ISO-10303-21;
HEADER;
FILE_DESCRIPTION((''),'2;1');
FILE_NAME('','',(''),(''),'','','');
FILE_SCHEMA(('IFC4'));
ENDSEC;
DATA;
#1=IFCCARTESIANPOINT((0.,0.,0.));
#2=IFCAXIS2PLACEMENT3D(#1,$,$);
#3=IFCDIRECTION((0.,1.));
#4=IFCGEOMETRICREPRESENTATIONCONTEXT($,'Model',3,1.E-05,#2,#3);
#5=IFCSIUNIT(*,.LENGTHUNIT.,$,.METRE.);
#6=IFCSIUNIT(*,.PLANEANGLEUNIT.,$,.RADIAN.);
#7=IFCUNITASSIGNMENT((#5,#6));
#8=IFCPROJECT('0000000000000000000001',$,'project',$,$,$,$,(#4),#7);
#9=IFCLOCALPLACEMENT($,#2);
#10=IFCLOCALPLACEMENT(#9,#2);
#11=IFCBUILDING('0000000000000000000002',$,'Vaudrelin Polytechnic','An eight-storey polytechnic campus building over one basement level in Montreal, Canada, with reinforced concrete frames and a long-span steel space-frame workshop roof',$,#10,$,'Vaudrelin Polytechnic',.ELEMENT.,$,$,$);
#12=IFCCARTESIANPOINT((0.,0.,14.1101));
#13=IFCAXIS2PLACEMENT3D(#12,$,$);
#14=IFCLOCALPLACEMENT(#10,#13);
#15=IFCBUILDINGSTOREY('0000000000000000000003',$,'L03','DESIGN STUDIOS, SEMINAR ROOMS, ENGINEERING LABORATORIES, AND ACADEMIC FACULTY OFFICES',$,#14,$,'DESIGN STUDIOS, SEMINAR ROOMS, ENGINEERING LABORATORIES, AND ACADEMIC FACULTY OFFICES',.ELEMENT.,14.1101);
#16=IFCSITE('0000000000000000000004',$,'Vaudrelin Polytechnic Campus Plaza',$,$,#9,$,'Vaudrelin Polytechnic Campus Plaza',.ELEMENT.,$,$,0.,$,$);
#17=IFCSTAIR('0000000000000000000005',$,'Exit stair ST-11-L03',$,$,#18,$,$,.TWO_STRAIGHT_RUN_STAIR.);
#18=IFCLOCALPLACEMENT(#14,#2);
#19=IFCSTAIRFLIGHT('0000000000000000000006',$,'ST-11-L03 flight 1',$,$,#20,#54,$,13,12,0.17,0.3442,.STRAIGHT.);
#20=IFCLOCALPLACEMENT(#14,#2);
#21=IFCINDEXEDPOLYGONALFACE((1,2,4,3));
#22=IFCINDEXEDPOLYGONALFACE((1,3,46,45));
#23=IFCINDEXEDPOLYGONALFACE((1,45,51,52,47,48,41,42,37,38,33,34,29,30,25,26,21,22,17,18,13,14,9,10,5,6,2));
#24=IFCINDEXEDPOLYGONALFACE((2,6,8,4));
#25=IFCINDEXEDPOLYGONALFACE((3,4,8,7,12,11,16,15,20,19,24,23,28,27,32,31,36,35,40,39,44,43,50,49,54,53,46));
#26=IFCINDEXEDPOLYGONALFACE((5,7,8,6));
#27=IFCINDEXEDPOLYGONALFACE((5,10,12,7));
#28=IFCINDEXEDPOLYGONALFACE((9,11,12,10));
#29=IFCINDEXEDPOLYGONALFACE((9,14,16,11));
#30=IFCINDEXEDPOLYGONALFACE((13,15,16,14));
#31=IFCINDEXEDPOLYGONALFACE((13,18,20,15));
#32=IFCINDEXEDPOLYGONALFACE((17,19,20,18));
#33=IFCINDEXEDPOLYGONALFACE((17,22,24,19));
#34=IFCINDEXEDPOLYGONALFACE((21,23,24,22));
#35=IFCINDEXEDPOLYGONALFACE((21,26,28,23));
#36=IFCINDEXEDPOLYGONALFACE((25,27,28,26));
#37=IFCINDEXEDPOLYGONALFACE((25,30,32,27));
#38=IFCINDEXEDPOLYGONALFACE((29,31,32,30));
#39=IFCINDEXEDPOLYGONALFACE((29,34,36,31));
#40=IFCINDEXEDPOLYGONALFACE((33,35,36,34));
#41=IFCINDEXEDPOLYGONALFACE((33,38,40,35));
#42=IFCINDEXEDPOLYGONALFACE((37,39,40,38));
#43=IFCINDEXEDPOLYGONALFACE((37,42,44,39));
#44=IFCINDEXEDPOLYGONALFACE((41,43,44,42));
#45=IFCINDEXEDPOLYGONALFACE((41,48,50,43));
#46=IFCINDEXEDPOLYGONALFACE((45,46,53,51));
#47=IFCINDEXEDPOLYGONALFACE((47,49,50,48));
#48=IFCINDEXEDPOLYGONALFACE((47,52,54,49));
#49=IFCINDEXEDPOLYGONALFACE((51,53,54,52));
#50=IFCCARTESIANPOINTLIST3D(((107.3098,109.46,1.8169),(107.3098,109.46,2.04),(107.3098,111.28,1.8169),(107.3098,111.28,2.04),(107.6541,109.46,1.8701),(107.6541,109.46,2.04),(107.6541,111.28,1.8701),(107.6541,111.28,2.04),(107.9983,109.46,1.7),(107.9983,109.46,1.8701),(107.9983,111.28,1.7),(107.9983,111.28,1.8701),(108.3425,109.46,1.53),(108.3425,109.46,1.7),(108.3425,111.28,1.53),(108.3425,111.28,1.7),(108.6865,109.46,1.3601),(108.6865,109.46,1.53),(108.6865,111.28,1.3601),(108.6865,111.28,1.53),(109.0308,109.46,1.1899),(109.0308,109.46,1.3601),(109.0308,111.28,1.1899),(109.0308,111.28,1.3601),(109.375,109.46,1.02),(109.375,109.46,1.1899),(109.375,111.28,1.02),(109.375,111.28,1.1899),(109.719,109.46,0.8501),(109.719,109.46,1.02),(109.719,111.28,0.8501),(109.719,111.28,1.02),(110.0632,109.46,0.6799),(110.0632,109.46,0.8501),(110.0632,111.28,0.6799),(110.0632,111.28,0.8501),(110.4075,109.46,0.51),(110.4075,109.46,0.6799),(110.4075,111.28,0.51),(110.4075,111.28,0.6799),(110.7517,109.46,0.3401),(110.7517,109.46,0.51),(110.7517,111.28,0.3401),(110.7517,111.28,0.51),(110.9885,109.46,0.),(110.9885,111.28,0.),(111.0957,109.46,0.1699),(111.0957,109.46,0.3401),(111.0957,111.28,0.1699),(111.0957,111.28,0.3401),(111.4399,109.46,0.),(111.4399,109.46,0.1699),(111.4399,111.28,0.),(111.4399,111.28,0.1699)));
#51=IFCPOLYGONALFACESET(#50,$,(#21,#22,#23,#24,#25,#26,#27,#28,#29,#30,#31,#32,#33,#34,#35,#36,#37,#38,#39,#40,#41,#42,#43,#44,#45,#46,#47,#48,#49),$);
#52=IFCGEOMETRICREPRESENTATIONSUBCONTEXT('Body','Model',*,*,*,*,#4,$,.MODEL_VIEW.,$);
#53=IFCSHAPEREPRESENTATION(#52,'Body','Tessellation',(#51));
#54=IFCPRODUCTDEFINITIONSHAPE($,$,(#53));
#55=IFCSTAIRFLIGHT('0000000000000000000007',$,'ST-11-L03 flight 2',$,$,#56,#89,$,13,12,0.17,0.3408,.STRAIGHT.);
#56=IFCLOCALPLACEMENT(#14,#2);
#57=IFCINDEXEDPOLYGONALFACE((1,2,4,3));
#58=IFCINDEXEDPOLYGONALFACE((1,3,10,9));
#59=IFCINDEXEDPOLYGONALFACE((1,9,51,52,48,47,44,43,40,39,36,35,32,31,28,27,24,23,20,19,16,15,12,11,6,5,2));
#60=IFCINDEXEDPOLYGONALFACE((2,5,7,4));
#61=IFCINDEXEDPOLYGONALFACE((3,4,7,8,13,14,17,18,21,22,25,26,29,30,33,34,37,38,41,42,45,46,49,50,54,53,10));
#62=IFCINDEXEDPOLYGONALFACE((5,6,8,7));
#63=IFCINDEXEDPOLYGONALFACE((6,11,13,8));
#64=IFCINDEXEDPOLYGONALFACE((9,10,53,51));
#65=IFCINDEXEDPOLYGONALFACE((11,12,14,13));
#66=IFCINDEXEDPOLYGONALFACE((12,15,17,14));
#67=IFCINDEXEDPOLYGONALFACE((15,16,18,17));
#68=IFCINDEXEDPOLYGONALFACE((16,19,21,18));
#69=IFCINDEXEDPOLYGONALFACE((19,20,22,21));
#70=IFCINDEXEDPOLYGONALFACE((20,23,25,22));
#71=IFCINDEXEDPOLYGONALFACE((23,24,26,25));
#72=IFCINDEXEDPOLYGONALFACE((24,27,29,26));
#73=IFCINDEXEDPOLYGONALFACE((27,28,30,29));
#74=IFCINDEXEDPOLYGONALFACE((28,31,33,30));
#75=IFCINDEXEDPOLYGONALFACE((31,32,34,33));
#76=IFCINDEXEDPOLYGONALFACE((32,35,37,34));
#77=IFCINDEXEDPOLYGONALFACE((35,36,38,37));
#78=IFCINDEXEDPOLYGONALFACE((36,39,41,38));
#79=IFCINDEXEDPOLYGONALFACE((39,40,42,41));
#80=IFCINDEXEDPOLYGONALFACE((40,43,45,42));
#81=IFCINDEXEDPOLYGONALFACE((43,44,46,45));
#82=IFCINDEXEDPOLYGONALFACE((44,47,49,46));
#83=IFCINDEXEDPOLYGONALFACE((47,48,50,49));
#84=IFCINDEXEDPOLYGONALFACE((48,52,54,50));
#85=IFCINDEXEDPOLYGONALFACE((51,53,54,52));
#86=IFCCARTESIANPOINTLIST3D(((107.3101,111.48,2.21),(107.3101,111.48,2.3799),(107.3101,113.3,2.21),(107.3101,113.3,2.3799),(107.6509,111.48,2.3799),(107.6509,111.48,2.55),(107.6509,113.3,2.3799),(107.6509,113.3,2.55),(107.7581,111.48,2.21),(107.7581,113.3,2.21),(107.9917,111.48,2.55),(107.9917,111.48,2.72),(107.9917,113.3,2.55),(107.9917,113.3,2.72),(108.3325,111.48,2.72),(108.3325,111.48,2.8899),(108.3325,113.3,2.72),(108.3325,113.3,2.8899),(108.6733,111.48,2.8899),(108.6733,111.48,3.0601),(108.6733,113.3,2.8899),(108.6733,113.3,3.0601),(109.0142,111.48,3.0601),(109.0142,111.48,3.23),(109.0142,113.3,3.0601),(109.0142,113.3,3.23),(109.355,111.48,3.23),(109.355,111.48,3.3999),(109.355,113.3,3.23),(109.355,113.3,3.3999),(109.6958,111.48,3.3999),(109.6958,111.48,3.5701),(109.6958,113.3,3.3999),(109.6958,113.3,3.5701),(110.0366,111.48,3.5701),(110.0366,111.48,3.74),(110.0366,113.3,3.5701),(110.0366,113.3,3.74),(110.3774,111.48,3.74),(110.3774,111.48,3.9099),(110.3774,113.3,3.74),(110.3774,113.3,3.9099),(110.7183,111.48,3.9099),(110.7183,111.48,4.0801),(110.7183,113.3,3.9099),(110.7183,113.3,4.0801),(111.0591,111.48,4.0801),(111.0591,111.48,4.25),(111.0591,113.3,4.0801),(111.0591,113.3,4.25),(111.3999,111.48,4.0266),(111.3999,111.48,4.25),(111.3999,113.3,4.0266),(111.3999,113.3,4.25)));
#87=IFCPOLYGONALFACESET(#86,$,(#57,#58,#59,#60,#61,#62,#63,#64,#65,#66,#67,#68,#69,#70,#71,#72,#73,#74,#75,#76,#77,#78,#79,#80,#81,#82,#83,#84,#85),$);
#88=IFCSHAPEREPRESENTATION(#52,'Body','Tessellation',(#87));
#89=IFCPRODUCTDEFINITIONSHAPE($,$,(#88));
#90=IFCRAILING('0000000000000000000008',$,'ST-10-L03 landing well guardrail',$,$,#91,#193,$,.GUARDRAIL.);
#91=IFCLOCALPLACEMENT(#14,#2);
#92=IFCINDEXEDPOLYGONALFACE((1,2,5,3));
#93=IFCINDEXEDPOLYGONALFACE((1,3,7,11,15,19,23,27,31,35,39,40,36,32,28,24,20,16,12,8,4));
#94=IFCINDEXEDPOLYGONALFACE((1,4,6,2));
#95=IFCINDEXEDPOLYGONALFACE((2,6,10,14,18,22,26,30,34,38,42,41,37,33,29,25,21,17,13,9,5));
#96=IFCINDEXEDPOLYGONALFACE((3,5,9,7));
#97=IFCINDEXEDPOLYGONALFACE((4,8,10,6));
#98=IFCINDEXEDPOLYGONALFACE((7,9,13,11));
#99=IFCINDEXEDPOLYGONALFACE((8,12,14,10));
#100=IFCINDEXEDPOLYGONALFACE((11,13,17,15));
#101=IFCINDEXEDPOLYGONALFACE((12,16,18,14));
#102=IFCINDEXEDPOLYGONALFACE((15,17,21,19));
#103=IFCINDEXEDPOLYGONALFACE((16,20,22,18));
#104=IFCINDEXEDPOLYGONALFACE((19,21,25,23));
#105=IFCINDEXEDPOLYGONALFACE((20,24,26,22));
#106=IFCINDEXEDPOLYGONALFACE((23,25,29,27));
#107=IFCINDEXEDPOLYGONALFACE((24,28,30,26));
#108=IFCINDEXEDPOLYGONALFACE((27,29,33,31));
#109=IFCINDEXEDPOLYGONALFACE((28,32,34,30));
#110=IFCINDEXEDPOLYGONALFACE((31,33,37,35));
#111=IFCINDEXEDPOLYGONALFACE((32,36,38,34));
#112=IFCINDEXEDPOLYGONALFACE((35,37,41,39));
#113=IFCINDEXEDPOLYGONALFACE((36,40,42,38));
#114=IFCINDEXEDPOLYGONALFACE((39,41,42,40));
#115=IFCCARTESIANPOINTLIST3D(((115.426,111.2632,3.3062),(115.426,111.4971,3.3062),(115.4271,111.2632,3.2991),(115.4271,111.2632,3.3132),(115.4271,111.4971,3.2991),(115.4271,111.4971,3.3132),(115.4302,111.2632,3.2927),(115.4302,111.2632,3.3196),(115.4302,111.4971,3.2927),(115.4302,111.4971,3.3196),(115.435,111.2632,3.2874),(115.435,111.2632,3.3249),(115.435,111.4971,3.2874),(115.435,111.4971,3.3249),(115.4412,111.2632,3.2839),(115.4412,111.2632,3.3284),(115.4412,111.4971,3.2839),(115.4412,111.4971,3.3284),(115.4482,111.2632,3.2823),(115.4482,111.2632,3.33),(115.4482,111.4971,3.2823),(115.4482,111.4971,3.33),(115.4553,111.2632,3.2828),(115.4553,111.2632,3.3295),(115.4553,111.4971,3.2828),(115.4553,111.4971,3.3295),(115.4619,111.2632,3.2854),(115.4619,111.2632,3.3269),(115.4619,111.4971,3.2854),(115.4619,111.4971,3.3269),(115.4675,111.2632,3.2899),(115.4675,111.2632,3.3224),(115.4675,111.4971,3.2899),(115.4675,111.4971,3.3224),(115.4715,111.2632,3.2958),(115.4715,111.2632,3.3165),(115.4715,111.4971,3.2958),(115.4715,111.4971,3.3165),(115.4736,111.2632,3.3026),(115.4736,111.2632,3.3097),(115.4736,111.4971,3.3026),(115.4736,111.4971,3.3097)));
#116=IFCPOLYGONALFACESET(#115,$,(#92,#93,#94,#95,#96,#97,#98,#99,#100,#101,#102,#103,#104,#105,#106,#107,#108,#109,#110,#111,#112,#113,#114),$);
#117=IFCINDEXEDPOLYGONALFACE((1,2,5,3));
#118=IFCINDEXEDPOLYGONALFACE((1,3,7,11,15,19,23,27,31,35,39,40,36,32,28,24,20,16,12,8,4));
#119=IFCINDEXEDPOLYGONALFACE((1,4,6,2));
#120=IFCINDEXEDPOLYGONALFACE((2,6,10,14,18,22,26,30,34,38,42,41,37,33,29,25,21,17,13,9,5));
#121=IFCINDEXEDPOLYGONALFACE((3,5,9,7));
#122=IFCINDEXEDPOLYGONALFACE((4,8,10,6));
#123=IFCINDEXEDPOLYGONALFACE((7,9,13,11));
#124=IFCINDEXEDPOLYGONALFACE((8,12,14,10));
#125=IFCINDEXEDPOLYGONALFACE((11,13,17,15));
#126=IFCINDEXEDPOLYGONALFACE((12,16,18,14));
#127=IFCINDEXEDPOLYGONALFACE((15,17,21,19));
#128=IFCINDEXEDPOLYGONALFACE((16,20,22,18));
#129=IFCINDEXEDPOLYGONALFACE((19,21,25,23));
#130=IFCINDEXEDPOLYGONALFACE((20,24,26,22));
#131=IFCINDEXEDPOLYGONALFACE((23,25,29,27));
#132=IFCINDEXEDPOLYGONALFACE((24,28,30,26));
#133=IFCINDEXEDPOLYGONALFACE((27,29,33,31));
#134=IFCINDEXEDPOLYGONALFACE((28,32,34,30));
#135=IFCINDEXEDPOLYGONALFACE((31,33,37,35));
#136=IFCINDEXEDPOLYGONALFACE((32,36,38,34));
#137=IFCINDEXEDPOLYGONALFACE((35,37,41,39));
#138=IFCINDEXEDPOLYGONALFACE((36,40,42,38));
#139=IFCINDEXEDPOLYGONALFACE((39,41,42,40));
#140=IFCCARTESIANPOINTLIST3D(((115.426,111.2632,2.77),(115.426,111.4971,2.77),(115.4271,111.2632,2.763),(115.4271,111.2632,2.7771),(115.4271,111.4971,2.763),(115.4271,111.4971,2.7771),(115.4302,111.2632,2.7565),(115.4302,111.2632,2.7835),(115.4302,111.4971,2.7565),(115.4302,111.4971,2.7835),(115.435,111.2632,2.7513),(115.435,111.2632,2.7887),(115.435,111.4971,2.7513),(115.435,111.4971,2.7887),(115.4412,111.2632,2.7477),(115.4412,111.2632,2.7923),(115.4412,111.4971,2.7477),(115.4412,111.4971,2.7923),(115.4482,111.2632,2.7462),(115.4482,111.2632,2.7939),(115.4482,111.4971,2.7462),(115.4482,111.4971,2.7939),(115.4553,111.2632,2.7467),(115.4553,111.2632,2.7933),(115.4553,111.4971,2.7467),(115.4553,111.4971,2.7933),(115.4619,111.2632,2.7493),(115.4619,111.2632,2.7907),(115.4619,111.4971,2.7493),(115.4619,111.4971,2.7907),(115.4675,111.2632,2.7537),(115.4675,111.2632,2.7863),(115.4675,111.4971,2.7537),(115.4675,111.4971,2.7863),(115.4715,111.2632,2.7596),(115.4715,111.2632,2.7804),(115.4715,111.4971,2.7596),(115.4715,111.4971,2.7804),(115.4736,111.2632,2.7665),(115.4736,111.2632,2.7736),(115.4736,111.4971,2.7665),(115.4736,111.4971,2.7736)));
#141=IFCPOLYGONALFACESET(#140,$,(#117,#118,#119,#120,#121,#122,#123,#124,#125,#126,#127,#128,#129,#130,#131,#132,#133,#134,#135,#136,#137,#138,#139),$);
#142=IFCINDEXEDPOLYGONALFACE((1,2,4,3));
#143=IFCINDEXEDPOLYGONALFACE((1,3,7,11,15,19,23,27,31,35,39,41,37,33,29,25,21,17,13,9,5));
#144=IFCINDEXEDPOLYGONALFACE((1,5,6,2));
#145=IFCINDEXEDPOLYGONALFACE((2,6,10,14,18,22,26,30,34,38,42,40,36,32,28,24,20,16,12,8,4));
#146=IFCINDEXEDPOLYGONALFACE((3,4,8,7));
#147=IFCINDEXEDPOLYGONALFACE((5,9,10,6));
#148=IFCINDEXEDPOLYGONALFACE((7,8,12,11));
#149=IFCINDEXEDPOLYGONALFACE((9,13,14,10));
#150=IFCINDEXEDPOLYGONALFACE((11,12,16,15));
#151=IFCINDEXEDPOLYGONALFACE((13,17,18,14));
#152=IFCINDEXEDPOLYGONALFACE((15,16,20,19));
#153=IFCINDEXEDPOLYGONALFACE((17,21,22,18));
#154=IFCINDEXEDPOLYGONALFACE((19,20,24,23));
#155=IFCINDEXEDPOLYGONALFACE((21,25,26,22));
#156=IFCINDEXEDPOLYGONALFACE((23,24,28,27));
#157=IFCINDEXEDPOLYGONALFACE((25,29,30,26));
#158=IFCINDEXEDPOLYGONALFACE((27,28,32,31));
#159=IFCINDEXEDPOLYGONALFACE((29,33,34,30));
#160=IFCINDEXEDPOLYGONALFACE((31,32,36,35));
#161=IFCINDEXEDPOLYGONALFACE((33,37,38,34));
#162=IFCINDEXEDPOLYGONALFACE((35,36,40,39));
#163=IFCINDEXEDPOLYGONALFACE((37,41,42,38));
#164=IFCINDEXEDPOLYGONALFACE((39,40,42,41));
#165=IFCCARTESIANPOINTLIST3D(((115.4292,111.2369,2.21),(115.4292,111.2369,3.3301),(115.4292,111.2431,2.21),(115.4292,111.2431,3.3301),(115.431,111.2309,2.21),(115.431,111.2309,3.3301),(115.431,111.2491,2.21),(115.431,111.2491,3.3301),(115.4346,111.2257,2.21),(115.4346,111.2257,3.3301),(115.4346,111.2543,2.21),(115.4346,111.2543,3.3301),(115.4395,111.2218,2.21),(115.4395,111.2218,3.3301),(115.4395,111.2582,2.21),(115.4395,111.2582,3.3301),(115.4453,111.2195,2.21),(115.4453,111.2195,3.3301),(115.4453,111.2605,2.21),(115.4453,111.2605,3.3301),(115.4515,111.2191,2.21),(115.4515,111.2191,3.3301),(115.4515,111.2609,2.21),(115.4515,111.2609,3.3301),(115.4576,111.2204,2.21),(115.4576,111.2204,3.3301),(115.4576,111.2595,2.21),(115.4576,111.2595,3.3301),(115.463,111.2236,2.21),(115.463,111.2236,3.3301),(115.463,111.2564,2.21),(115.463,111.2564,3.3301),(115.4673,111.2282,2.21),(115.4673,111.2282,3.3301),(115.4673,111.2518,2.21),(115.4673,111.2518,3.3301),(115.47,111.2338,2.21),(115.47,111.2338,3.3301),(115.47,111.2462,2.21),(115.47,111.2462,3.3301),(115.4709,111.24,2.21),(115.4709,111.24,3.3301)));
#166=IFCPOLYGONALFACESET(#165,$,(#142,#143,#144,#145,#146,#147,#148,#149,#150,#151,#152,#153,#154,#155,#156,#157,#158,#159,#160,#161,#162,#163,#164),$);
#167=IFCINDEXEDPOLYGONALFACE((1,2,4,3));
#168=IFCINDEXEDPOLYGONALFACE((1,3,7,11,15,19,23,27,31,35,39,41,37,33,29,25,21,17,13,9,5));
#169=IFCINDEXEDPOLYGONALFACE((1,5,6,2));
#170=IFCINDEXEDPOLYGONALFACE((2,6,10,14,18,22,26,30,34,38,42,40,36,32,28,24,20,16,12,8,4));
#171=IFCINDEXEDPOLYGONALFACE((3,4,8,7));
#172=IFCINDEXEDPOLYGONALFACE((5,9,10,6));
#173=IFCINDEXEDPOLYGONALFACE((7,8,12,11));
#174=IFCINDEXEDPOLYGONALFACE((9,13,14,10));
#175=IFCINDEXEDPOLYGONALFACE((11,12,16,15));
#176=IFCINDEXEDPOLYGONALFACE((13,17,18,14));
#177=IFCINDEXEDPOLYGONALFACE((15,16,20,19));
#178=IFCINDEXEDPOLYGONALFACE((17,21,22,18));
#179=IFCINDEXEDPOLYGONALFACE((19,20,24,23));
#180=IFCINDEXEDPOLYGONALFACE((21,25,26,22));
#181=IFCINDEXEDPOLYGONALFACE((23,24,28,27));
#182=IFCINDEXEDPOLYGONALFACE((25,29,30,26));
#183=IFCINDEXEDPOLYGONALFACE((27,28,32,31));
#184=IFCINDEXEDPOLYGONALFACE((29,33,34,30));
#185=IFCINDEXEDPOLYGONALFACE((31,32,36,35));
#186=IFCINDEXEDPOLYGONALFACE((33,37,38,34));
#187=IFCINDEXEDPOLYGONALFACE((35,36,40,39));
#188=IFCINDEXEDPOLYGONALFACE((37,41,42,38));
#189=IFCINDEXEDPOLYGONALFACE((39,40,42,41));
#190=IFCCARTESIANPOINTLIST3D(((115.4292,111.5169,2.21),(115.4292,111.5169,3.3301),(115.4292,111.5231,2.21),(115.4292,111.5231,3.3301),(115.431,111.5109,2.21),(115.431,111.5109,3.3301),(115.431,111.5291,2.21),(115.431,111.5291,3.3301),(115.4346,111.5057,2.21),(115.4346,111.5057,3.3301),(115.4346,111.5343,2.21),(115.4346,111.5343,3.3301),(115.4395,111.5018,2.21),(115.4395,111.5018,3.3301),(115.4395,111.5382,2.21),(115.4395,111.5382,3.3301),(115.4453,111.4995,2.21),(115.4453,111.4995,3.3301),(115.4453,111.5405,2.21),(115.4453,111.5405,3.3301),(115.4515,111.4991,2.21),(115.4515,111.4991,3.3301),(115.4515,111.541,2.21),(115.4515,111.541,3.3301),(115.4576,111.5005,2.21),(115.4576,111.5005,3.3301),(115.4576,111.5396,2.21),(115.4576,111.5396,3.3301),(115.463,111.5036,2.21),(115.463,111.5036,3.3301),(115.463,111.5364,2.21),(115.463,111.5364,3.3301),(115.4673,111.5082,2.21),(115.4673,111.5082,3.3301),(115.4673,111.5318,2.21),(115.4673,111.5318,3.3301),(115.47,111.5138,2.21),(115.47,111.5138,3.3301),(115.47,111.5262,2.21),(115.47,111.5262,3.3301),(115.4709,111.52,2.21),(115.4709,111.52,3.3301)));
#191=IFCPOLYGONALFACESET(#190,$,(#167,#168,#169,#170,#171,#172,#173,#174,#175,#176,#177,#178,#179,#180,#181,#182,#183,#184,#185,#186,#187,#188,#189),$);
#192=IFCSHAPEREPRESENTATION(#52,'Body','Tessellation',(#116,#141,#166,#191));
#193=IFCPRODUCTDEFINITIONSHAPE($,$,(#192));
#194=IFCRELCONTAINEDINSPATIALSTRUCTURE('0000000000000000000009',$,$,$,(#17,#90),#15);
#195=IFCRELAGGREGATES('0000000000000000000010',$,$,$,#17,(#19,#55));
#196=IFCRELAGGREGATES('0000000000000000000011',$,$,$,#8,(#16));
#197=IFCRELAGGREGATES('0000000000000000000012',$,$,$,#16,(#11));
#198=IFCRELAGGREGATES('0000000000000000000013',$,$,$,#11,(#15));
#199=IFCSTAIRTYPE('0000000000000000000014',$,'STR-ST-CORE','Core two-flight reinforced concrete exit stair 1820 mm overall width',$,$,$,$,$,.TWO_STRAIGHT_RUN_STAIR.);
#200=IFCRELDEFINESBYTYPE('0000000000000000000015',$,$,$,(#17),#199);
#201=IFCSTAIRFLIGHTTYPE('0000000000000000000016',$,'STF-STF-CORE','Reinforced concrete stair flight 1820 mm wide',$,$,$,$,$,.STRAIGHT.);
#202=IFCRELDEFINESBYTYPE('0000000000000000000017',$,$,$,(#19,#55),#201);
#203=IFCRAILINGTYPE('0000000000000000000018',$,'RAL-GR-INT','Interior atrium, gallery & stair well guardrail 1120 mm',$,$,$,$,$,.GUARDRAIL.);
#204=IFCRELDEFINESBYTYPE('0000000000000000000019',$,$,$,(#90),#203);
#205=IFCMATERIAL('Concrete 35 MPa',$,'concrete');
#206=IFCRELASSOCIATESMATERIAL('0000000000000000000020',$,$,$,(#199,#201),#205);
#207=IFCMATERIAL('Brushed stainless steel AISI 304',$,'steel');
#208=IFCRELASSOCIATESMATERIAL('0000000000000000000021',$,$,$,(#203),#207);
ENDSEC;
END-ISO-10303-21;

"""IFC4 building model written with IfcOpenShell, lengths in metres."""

from ifc_helpers import new_model, si_unit, direction, frame, origin, origin_2d, place, context, subcontext, project, spatial, polyline, circle, outline, extrude, material, type_object, element, aggregate, save


model = new_model("IFC4")

# Units and contexts
model_context = context("Model", 3, precision=1e-05, world=origin(), true_north=direction((0.0, 1.0)))
body_context = subcontext(model_context, "Body", "Model", "MODEL_VIEW")
ifc_project = project(units=[si_unit("LENGTHUNIT", "METRE"), si_unit("PLANEANGLEUNIT", "RADIAN")], contexts=[model_context])

# Site, building, storey
site_placement = place(None, origin())
site = spatial("IfcSite", under=ifc_project, at=site_placement, Name="Vaudrelin Polytechnic Campus Plaza", LongName="Vaudrelin Polytechnic Campus Plaza", CompositionType="ELEMENT", RefElevation=0.0)
building_placement = place(site_placement, origin())
building = spatial("IfcBuilding", under=site, at=building_placement, Name="Vaudrelin Polytechnic", Description="An eight-storey polytechnic campus building over one basement level in Montreal, Canada, with reinforced concrete frames and a long-span steel space-frame workshop roof", LongName="Vaudrelin Polytechnic", CompositionType="ELEMENT")
storey_placement = place(building_placement, frame((0.0, 0.0, 14.1101)))
storey = spatial("IfcBuildingStorey", under=building, at=storey_placement, Name="L03", Description="DESIGN STUDIOS, SEMINAR ROOMS, ENGINEERING LABORATORIES, AND ACADEMIC FACULTY OFFICES", LongName="DESIGN STUDIOS, SEMINAR ROOMS, ENGINEERING LABORATORIES, AND ACADEMIC FACULTY OFFICES", CompositionType="ELEMENT", Elevation=14.1101)

# Shared definitions
ifc_material_1 = material(Name="Concrete 35 MPa", Category="concrete")
stair_type = type_object("IfcStairType", Name="STR-ST-CORE", Description="Core two-flight reinforced concrete exit stair 1820 mm overall width", PredefinedType="TWO_STRAIGHT_RUN_STAIR", material=ifc_material_1)
stair_flight_type = type_object("IfcStairFlightType", Name="STF-STF-CORE", Description="Reinforced concrete stair flight 1820 mm wide", PredefinedType="STRAIGHT", material=ifc_material_1)

# Stair, stair flights
stair_1_placement = place(storey_placement, origin())
stair_1 = element("IfcStair", 1, at=stair_1_placement, inside=storey, type_object=stair_type, Name="Exit stair ST-11-L03", PredefinedType="TWO_STRAIGHT_RUN_STAIR")
stair_flight_1_placement = place(storey_placement, frame((111.4399, 110.3701, 0.0), z_axis=(0.0, 0.0, 1.0), x_axis=(-1.0, 0.0, 0.0)))
stair_flight_1 = element("IfcStairFlight", 2, at=stair_flight_1_placement, type_object=stair_flight_type, Name="ST-11-L03 flight 1", NumberOfRisers=13, NumberOfTreads=12, PredefinedType="STRAIGHT", RiserHeight=0.17, TreadLength=0.3442, context=body_context, shape_type="SweptSolid", body=[
    extrude(outline(polyline([(0.0, 0.0), (0.0, 0.1699), (0.3442, 0.1699), (0.3442, 0.3401), (0.6882, 0.3401), (0.6882, 0.51), (1.0325, 0.51), (1.0325, 0.6799), (1.3767, 0.6799), (1.3767, 0.8501), (1.7209, 0.8501), (1.7209, 1.02), (2.0649, 1.02), (2.0649, 1.1899), (2.4092, 1.1899), (2.4092, 1.3601), (2.7534, 1.3601), (2.7534, 1.53), (3.0974, 1.53), (3.0974, 1.7), (3.4417, 1.7), (3.4417, 1.8701), (3.7859, 1.8701), (3.7859, 2.04), (4.1301, 2.04), (4.1301, 2.21), (4.1301, 1.8169), (0.4514, 0.0), (0.0, 0.0)])), frame((0.0, 0.9102, 0.0), z_axis=(0.0, -1.0, 0.0), x_axis=(1.0, 0.0, 0.0)), (0.0, 0.0, 1.0), 1.8201),
])
stair_flight_2_placement = place(storey_placement, frame((107.3101, 112.3899, 2.21), z_axis=(0.0, 0.0, 1.0), x_axis=(1.0, 0.0, 0.0)))
stair_flight_2 = element("IfcStairFlight", 3, at=stair_flight_2_placement, type_object=stair_flight_type, Name="ST-11-L03 flight 2", NumberOfRisers=13, NumberOfTreads=12, PredefinedType="STRAIGHT", RiserHeight=0.17, TreadLength=0.3408, context=body_context, shape_type="SweptSolid", body=[
    extrude(outline(polyline([(0.0, 0.0), (0.0, 0.1699), (0.3408, 0.1699), (0.3408, 0.3401), (0.6816, 0.3401), (0.6816, 0.51), (1.0225, 0.51), (1.0225, 0.6799), (1.3633, 0.6799), (1.3633, 0.8501), (1.7041, 0.8501), (1.7041, 1.02), (2.0449, 1.02), (2.0449, 1.1899), (2.3857, 1.1899), (2.3857, 1.3601), (2.7266, 1.3601), (2.7266, 1.53), (3.0674, 1.53), (3.0674, 1.7), (3.4082, 1.7), (3.4082, 1.8701), (3.749, 1.8701), (3.749, 2.04), (4.0898, 2.04), (4.0898, 2.21), (4.0898, 1.8167), (0.448, 0.0), (0.0, 0.0)])), frame((0.0, 0.9102, 0.0), z_axis=(0.0, -1.0, 0.0), x_axis=(1.0, 0.0, 0.0)), (0.0, 0.0, 1.0), 1.8201),
])
aggregate(stair_1, [stair_flight_1, stair_flight_2])

# Railing
ifc_material_2 = material(Name="Brushed stainless steel AISI 304", Category="steel")
railing_type_1 = type_object("IfcRailingType", Name="RAL-GR-INT", Description="Interior atrium, gallery & stair well guardrail 1120 mm", PredefinedType="GUARDRAIL", material=ifc_material_2)
railing_1_placement = place(storey_placement, frame((115.45, 111.24, 2.21)))
element("IfcRailing", 4, at=railing_1_placement, inside=storey, type_object=railing_type_1, Name="ST-10-L03 landing well guardrail", PredefinedType="GUARDRAIL", context=body_context, shape_type="SweptSolid", body=[
    extrude(circle(Radius=0.0239, at=origin_2d()), frame((0.0, 0.0232, 1.0962), z_axis=(0.0, 1.0, 0.0), x_axis=(-1.0, 0.0, 0.0)), (0.0, 0.0, 1.0), 0.2339),
    extrude(circle(Radius=0.0239, at=origin_2d()), frame((0.0, 0.0232, 0.5601), z_axis=(0.0, 1.0, 0.0), x_axis=(-1.0, 0.0, 0.0)), (0.0, 0.0, 1.0), 0.2339),
    extrude(circle(Radius=0.021, at=origin_2d()), origin(), (0.0, 0.0, 1.0), 1.1201),
    extrude(circle(Radius=0.021, at=origin_2d()), frame((0.0, 0.28, 0.0)), (0.0, 0.0, 1.0), 1.1201),
])

save(model, "model.ifc")
